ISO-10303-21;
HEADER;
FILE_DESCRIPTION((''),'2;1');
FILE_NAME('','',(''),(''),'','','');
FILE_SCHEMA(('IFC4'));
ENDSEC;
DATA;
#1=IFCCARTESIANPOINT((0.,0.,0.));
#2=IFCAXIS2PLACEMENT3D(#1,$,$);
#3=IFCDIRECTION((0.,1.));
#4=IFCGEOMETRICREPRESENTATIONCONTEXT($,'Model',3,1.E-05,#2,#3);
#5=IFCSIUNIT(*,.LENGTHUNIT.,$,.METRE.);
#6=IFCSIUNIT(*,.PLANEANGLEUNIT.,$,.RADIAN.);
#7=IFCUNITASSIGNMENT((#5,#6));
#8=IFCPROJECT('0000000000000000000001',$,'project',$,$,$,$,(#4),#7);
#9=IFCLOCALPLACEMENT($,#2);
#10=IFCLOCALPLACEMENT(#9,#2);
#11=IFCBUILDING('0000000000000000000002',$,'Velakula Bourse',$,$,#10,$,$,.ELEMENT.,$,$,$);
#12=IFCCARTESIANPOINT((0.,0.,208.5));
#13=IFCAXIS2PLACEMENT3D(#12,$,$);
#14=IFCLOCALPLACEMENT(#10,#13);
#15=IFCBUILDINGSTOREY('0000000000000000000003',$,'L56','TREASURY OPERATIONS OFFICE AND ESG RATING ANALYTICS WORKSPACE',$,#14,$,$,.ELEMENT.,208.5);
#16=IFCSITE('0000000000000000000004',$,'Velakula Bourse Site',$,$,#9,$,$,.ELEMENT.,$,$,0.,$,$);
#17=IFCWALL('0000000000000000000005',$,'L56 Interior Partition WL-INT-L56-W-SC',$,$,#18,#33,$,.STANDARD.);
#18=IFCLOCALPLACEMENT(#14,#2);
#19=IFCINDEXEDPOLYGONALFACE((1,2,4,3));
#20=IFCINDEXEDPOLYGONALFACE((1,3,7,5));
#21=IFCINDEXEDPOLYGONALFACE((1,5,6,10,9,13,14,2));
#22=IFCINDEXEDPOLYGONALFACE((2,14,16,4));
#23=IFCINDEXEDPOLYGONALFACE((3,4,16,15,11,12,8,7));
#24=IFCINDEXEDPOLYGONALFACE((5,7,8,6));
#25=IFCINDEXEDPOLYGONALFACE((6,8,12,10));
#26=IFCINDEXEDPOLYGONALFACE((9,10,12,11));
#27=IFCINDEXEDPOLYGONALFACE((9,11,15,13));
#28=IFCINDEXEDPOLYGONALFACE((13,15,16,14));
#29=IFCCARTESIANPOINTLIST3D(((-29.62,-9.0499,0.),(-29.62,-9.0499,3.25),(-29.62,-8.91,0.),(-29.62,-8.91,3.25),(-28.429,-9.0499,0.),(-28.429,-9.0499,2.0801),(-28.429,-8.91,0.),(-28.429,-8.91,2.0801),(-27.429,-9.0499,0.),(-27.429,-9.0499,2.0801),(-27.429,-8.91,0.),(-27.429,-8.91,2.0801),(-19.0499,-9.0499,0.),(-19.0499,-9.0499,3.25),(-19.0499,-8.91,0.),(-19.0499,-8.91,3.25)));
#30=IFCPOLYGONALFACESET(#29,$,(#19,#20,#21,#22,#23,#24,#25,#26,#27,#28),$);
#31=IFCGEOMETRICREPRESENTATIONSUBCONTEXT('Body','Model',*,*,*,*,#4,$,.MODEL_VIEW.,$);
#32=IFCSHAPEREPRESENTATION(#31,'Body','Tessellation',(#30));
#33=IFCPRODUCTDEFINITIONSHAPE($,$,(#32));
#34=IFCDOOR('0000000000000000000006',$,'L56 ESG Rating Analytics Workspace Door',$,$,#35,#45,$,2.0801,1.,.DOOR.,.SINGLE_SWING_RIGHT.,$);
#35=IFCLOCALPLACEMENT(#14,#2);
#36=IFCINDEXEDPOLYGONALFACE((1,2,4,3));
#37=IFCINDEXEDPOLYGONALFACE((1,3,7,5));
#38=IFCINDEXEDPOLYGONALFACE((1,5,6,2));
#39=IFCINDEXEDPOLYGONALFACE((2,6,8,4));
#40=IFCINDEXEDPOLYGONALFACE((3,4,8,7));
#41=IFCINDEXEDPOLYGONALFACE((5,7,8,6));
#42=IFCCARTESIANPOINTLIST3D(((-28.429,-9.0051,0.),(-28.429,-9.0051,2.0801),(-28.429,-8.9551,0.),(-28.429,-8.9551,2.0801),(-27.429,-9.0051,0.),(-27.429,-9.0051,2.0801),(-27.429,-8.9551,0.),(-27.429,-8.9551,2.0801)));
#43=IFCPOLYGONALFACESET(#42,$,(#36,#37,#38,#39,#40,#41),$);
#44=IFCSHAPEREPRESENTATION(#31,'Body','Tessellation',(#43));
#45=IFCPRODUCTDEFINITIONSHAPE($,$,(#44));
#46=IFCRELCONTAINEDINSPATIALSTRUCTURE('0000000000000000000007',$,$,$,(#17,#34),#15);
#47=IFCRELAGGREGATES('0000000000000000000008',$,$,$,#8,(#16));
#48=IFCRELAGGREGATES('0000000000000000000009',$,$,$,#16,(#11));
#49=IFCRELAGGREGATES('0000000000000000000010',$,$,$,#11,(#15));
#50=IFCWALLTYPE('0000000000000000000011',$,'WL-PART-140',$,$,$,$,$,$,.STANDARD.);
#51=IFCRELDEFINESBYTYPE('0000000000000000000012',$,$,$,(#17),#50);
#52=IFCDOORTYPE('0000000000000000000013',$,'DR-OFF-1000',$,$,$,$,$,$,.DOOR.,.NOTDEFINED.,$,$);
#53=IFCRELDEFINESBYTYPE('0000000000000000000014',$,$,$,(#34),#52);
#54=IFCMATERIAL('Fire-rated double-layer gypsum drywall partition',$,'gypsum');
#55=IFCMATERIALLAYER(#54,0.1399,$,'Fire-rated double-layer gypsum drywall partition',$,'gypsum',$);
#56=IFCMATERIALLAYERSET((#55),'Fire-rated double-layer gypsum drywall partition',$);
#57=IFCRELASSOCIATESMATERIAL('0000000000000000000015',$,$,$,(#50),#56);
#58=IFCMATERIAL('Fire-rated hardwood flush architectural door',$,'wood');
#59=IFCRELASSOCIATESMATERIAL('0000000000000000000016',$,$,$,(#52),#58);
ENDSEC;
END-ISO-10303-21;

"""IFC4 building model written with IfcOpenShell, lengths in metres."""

from ifc_helpers import new_model, si_unit, direction, frame, frame_2d, origin, place, context, subcontext, project, spatial, rectangle, extrude, material, layer, layer_set, type_object, element, fill, save


model = new_model("IFC4")

# Units and contexts
model_context = context("Model", 3, precision=1e-05, world=origin(), true_north=direction((0.0, 1.0)))
body_context = subcontext(model_context, "Body", "Model", "MODEL_VIEW")
ifc_project = project(units=[si_unit("LENGTHUNIT", "METRE"), si_unit("PLANEANGLEUNIT", "RADIAN")], contexts=[model_context])

# Site, building, storey
site_placement = place(None, origin())
site = spatial("IfcSite", under=ifc_project, at=site_placement, Name="Velakula Bourse Site", CompositionType="ELEMENT", RefElevation=0.0)
building_placement = place(site_placement, origin())
building = spatial("IfcBuilding", under=site, at=building_placement, Name="Velakula Bourse", CompositionType="ELEMENT")
storey_placement = place(building_placement, frame((0.0, 0.0, 208.5)))
storey = spatial("IfcBuildingStorey", under=building, at=storey_placement, Name="L56", Description="TREASURY OPERATIONS OFFICE AND ESG RATING ANALYTICS WORKSPACE", CompositionType="ELEMENT", Elevation=208.5)

# Shared definitions
ifc_material_1 = material(Name="Fire-rated double-layer gypsum drywall partition", Category="gypsum")
ifc_layer_1 = layer(ifc_material_1, 0.1399, Name="Fire-rated double-layer gypsum drywall partition", Category="gypsum")
ifc_layer_set_1 = layer_set([ifc_layer_1], Name="Fire-rated double-layer gypsum drywall partition")
wall_type_1 = type_object("IfcWallType", Name="WL-PART-140", PredefinedType="STANDARD", material=ifc_layer_set_1)
ifc_material_2 = material(Name="Fire-rated hardwood flush architectural door", Category="wood")
door_type_1 = type_object("IfcDoorType", Name="DR-OFF-1000", OperationType="NOTDEFINED", PredefinedType="DOOR", material=ifc_material_2)

# Wall, opening, door
wall_1_placement = place(storey_placement, frame((-29.6201, -8.98, 0.0), z_axis=(0.0, 0.0, 1.0), x_axis=(1.0, 0.0, 0.0)))
wall_1 = element("IfcWall", 1, at=wall_1_placement, inside=storey, type_object=wall_type_1, Name="L56 Interior Partition WL-INT-L56-W-SC", PredefinedType="STANDARD", context=body_context, shape_type="SweptSolid", body=[
    extrude(rectangle(XDim=10.5701, YDim=0.1399, at=frame_2d((5.2852, 0.0))), origin(), (0.0, 0.0, 1.0), 3.25),
])
opening_1_placement = place(wall_1_placement, frame((1.1912, 0.0, 0.0)))
opening_1 = element("IfcOpeningElement", 2, at=opening_1_placement, cuts=wall_1, PredefinedType="OPENING", context=body_context, shape_type="SweptSolid", body=[
    extrude(rectangle(XDim=1.0, YDim=2.0801, at=frame_2d((0.5, 1.04))), frame((0.0, 0.0798, 0.0), z_axis=(0.0, -1.0, 0.0), x_axis=(1.0, 0.0, 0.0)), (0.0, 0.0, 1.0), 0.1599),
])
door_1_placement = place(opening_1_placement, origin())
door_1 = element("IfcDoor", 3, at=door_1_placement, inside=storey, type_object=door_type_1, Name="L56 ESG Rating Analytics Workspace Door", OperationType="SINGLE_SWING_RIGHT", OverallHeight=2.0801, OverallWidth=1.0, PredefinedType="DOOR", context=body_context, shape_type="SweptSolid", body=[
    extrude(rectangle(XDim=1.0, YDim=2.0801, at=frame_2d((0.5, 1.04))), frame((0.0, 0.0249, 0.0), z_axis=(0.0, -1.0, 0.0), x_axis=(1.0, 0.0, 0.0)), (0.0, 0.0, 1.0), 0.05),
])
fill(opening_1, door_1)

save(model, "model.ifc")
